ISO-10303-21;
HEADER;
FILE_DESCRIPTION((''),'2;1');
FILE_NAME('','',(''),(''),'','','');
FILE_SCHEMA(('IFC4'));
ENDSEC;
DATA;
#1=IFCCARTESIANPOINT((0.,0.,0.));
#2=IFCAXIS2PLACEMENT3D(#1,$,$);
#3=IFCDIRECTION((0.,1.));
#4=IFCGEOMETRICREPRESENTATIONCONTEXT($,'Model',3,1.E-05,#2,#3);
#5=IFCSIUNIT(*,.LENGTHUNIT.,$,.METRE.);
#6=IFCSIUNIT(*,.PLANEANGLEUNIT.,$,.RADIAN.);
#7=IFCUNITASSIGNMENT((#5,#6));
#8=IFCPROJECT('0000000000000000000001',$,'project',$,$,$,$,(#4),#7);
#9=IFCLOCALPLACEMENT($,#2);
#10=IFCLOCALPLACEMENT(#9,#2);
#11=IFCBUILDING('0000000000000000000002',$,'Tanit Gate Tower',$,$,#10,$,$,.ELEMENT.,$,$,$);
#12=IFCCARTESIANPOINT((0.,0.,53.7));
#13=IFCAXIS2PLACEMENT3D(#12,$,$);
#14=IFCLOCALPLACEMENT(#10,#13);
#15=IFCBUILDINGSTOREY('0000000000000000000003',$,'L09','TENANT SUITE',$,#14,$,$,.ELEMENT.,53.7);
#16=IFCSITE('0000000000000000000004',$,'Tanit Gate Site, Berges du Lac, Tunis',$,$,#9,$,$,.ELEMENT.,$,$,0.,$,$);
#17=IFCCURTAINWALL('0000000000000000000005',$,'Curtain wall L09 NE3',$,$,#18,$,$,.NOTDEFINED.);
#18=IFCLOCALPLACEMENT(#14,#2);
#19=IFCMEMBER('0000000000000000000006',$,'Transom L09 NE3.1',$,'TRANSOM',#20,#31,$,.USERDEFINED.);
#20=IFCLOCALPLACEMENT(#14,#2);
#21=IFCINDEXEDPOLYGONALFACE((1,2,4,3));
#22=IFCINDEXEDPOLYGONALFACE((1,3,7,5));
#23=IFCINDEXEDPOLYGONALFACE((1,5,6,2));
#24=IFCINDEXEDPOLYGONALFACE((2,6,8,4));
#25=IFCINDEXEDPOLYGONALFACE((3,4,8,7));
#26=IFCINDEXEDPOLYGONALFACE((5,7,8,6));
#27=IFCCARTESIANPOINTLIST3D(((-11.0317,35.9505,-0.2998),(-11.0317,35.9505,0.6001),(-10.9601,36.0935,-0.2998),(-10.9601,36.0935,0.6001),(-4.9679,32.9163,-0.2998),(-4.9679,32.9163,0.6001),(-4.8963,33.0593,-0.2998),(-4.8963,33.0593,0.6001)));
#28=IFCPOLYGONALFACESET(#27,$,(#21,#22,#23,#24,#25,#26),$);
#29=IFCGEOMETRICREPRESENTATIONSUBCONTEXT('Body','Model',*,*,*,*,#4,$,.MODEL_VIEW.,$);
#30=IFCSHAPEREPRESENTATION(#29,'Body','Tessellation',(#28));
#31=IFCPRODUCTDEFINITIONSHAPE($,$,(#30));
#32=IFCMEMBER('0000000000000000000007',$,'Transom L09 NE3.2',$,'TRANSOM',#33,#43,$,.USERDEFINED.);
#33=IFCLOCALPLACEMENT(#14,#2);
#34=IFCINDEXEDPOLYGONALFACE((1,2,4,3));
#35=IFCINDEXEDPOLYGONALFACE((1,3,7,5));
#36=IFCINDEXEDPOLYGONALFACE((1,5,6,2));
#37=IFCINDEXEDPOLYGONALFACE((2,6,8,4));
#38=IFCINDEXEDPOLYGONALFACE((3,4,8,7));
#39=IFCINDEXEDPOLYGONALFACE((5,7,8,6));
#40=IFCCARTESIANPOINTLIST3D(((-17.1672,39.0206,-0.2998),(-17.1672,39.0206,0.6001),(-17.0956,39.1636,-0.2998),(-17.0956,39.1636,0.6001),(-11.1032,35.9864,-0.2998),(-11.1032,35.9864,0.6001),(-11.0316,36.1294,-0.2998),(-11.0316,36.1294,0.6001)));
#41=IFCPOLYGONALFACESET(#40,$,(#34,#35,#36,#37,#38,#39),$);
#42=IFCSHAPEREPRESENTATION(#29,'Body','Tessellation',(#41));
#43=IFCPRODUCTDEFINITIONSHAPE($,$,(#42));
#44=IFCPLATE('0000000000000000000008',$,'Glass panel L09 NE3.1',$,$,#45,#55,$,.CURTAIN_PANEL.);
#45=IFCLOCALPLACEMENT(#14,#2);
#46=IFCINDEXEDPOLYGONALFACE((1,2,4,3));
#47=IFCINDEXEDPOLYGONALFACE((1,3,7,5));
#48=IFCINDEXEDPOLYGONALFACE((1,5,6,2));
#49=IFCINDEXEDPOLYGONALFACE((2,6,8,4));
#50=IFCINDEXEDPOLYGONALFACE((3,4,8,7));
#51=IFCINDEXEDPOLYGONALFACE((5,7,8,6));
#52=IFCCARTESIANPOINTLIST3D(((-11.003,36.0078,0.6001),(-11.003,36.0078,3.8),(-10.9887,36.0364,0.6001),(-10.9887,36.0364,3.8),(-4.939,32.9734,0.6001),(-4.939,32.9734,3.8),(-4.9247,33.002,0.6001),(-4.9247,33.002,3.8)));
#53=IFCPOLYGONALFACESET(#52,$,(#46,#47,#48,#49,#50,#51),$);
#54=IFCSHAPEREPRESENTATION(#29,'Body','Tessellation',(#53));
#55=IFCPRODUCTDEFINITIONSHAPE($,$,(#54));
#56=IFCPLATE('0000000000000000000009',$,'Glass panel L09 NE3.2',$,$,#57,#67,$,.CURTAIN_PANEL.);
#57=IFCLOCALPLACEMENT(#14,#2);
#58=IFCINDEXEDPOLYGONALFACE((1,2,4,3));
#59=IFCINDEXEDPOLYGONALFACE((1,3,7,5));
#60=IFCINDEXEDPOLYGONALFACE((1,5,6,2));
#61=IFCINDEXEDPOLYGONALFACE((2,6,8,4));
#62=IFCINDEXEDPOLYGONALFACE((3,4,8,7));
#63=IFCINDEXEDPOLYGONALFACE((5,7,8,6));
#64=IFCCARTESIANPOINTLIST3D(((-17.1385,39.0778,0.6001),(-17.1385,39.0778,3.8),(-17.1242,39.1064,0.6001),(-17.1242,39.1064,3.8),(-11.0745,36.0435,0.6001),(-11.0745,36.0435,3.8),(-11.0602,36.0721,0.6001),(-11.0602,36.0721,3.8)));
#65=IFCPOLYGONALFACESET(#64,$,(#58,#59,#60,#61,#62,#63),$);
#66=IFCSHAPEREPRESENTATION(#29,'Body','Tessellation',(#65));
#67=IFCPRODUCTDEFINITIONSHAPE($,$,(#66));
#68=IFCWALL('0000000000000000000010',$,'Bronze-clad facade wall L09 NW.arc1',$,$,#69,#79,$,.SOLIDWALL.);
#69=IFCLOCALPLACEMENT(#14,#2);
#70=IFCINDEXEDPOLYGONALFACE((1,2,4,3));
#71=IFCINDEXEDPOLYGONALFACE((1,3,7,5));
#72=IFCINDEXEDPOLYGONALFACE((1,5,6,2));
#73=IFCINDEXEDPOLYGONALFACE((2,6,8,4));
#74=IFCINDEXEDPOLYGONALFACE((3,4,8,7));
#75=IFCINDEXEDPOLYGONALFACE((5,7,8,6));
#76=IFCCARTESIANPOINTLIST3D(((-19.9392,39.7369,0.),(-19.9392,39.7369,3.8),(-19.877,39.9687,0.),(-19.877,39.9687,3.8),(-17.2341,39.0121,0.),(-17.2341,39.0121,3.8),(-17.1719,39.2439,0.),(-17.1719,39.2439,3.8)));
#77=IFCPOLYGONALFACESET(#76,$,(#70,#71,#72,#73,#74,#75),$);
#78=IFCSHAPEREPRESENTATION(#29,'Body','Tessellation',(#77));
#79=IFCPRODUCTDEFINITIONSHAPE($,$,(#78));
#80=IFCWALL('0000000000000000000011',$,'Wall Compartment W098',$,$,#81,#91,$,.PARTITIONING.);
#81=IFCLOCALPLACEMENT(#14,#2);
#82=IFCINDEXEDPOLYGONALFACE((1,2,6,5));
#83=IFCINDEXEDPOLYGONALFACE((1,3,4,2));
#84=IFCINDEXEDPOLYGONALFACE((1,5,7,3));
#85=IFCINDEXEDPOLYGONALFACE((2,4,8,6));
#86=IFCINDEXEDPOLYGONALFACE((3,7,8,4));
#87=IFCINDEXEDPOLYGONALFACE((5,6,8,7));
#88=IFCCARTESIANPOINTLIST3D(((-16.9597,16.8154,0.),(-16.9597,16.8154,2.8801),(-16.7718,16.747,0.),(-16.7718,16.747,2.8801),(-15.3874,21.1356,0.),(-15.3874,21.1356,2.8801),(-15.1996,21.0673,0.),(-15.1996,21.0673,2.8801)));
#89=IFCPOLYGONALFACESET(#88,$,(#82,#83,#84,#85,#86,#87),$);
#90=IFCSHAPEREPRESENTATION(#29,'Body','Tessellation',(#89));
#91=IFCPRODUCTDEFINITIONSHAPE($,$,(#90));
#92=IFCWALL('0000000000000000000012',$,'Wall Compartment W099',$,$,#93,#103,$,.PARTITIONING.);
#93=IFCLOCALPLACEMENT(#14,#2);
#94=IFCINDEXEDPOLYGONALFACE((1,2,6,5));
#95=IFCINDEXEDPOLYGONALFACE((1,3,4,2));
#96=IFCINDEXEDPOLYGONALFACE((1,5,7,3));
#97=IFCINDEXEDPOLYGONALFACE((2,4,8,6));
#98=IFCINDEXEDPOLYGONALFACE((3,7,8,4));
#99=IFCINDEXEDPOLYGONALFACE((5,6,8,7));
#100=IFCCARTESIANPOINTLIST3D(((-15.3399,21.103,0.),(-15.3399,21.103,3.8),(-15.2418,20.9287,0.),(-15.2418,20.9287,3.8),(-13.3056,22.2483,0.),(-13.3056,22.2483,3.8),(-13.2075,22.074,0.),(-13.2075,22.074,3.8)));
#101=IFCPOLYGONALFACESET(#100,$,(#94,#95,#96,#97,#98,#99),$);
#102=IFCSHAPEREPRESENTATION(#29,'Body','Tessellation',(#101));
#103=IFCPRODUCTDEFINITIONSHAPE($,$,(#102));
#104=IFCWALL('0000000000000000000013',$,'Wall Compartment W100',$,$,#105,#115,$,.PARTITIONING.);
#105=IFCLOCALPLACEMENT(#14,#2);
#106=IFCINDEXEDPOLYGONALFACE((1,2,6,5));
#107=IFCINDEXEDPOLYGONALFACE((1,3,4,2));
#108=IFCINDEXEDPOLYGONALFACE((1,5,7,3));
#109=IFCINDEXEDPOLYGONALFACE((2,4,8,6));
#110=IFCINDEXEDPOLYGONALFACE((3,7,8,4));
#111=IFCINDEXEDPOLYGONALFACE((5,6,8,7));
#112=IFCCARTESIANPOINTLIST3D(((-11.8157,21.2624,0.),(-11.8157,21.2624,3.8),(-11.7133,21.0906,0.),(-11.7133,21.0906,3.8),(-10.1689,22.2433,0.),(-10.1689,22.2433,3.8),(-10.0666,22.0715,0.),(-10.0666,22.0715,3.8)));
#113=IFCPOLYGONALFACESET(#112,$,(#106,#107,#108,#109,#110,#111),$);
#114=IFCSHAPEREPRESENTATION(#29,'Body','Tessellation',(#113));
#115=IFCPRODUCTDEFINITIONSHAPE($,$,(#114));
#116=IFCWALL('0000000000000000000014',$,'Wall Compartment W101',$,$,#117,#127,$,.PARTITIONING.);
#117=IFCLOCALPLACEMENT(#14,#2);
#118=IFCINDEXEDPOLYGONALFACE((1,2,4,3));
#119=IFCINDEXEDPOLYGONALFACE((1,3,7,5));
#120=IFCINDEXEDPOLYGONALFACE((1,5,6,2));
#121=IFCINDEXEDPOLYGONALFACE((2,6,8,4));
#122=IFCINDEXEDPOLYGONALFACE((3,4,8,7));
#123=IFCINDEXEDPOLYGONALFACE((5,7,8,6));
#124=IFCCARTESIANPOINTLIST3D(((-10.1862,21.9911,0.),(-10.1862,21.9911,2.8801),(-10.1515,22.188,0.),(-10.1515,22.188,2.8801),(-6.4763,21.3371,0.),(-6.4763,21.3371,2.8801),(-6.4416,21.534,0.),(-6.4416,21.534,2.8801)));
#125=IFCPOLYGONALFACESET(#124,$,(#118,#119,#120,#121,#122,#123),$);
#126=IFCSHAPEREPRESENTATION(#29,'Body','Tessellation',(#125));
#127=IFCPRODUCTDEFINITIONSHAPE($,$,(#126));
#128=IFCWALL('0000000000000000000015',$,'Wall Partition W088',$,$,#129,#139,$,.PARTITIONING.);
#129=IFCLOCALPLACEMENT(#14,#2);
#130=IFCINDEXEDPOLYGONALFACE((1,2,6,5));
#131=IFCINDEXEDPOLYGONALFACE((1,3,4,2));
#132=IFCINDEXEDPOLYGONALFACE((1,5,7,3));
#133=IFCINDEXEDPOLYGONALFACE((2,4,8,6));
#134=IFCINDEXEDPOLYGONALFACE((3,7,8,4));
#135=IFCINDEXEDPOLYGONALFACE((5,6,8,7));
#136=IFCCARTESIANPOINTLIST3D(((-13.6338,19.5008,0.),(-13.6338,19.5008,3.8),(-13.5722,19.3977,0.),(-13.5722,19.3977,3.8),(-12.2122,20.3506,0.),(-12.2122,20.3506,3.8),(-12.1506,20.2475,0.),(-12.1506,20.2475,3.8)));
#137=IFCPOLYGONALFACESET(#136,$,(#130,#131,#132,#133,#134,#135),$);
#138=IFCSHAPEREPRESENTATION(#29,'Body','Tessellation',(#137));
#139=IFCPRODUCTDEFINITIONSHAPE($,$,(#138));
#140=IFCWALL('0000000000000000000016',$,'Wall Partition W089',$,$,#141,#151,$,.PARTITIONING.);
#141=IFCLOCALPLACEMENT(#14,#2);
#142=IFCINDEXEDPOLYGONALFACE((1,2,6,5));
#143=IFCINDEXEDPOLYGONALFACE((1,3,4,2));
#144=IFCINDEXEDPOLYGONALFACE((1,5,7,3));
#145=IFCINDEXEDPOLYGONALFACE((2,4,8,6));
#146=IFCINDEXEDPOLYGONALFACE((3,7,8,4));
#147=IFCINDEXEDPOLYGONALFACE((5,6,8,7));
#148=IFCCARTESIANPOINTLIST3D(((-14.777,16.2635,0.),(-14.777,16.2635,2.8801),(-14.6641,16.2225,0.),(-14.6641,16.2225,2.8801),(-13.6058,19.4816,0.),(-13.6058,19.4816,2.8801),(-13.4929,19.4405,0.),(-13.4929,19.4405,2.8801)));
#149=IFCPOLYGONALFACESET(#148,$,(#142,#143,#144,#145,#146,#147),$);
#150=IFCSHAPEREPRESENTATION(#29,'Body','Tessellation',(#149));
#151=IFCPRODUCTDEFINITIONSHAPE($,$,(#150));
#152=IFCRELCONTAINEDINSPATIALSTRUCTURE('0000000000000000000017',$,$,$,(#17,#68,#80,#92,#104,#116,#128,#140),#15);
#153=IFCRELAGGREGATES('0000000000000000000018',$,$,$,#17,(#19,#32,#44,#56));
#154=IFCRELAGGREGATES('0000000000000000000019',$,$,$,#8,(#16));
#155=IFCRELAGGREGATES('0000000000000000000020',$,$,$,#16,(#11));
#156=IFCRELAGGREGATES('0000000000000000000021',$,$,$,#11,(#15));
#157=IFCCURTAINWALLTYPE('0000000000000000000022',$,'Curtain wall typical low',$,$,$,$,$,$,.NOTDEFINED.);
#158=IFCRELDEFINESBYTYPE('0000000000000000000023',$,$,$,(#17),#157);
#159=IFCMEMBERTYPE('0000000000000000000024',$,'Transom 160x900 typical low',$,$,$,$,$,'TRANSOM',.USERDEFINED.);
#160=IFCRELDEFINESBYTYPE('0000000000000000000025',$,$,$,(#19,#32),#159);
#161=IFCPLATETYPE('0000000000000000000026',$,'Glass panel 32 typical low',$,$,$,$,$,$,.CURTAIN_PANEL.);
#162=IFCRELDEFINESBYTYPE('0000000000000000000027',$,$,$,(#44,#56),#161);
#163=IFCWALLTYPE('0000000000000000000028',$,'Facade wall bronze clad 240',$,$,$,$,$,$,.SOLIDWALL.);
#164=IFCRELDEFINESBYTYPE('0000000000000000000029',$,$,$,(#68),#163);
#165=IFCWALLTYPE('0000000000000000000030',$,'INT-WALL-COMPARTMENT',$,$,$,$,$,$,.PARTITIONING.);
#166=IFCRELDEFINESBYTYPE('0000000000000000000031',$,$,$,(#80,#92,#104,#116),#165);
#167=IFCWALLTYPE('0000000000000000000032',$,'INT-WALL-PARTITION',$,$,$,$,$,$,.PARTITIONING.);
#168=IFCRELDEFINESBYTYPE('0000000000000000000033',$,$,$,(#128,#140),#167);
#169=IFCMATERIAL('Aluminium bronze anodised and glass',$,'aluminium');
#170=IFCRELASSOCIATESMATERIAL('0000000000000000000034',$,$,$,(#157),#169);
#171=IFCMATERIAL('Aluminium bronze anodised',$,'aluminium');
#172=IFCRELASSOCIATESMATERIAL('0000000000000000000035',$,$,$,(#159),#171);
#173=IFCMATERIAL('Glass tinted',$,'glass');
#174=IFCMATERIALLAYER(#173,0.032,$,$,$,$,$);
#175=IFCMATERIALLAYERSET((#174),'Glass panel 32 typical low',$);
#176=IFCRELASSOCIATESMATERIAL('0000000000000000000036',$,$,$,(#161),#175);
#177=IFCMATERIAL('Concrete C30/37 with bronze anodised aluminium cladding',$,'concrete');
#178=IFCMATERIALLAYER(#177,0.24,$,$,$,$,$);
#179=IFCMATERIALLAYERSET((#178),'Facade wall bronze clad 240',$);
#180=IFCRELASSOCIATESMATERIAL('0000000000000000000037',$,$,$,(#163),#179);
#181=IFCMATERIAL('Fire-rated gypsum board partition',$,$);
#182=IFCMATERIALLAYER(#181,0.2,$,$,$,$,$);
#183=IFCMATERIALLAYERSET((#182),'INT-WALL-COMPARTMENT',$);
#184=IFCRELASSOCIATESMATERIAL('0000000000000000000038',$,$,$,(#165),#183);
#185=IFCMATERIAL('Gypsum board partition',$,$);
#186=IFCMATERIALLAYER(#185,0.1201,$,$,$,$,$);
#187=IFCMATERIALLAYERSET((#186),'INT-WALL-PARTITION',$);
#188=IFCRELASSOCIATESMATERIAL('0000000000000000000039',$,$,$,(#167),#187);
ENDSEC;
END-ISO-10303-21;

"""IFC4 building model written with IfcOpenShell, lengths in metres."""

from ifc_helpers import new_model, si_unit, direction, frame, frame_2d, origin, origin_2d, place, context, subcontext, project, spatial, rectangle, extrude, material, layer, layer_set, material_profile, profile_set, type_object, element, aggregate, save


model = new_model("IFC4")

# Units and contexts
model_context = context("Model", 3, precision=1e-05, world=origin(), true_north=direction((0.0, 1.0)))
body_context = subcontext(model_context, "Body", "Model", "MODEL_VIEW")
ifc_project = project(units=[si_unit("LENGTHUNIT", "METRE"), si_unit("PLANEANGLEUNIT", "RADIAN")], contexts=[model_context])

# Site, building, storey
site_placement = place(None, origin())
site = spatial("IfcSite", under=ifc_project, at=site_placement, Name="Tanit Gate Site, Berges du Lac, Tunis", CompositionType="ELEMENT", RefElevation=0.0)
building_placement = place(site_placement, origin())
building = spatial("IfcBuilding", under=site, at=building_placement, Name="Tanit Gate Tower", CompositionType="ELEMENT")
storey_placement = place(building_placement, frame((0.0, 0.0, 53.7)))
storey = spatial("IfcBuildingStorey", under=building, at=storey_placement, Name="L09", Description="TENANT SUITE", CompositionType="ELEMENT", Elevation=53.7)

# Curtain wall
ifc_material_1 = material(Name="Aluminium bronze anodised and glass", Category="aluminium")
curtain_wall_type = type_object("IfcCurtainWallType", Name="Curtain wall typical low", PredefinedType="NOTDEFINED", material=ifc_material_1)
curtain_wall_1_placement = place(storey_placement, origin())
curtain_wall_1 = element("IfcCurtainWall", 1, at=curtain_wall_1_placement, inside=storey, type_object=curtain_wall_type, Name="Curtain wall L09 NE3", PredefinedType="NOTDEFINED")

# Members
ifc_material_2 = material(Name="Aluminium bronze anodised", Category="aluminium")
ifc_material_profile_1 = material_profile(ifc_material_2, rectangle(XDim=0.1599, YDim=0.8999, at=origin_2d()), Name="160x900 bronze transom")
ifc_profile_set_1 = profile_set([ifc_material_profile_1], Name="Aluminium bronze anodised")
member_type_1 = type_object("IfcMemberType", Name="Transom 160x900 typical low", ElementType="TRANSOM", PredefinedType="USERDEFINED", material=ifc_profile_set_1)
member_1_placement = place(storey_placement, frame((-4.9321, 32.9878, 0.1501), z_axis=(-0.89429, 0.447487, 0.0), x_axis=(-0.447487, -0.89429, 0.0)))
member_1 = element("IfcMember", 2, at=member_1_placement, type_object=member_type_1, Name="Transom L09 NE3.1", ObjectType="TRANSOM", PredefinedType="USERDEFINED", context=body_context, shape_type="SweptSolid", body=[
    extrude(rectangle(XDim=0.1599, YDim=0.8999, at=origin_2d()), origin(), (0.0, 0.0, 1.0), 6.7805),
])
member_2_placement = place(storey_placement, frame((-11.0674, 36.0579, 0.1501), z_axis=(-0.894298, 0.447473, 0.0), x_axis=(-0.447473, -0.894298, 0.0)))
member_2 = element("IfcMember", 3, at=member_2_placement, type_object=member_type_1, Name="Transom L09 NE3.2", ObjectType="TRANSOM", PredefinedType="USERDEFINED", context=body_context, shape_type="SweptSolid", body=[
    extrude(rectangle(XDim=0.1599, YDim=0.8999, at=origin_2d()), origin(), (0.0, 0.0, 1.0), 6.7808),
])

# Plates
ifc_material_3 = material(Name="Glass tinted", Category="glass")
ifc_layer_1 = layer(ifc_material_3, 0.032)
ifc_layer_set_1 = layer_set([ifc_layer_1], Name="Glass panel 32 typical low")
plate_type = type_object("IfcPlateType", Name="Glass panel 32 typical low", PredefinedType="CURTAIN_PANEL", material=ifc_layer_set_1)
plate_1_placement = place(storey_placement, frame((-7.9639, 34.5049, 0.6001), z_axis=(0.0, 0.0, 1.0), x_axis=(-0.894288, 0.447492, 0.0)))
plate_1 = element("IfcPlate", 4, at=plate_1_placement, type_object=plate_type, Name="Glass panel L09 NE3.1", PredefinedType="CURTAIN_PANEL", context=body_context, shape_type="SweptSolid", body=[
    extrude(rectangle(XDim=6.7808, YDim=0.032, at=origin_2d()), origin(), (0.0, 0.0, 1.0), 3.2),
])
plate_2_placement = place(storey_placement, frame((-14.0994, 37.575, 0.6001), z_axis=(0.0, 0.0, 1.0), x_axis=(-0.894288, 0.447492, 0.0)))
plate_2 = element("IfcPlate", 5, at=plate_2_placement, type_object=plate_type, Name="Glass panel L09 NE3.2", PredefinedType="CURTAIN_PANEL", context=body_context, shape_type="SweptSolid", body=[
    extrude(rectangle(XDim=6.7808, YDim=0.032, at=origin_2d()), origin(), (0.0, 0.0, 1.0), 3.2),
])
aggregate(curtain_wall_1, [member_1, member_2, plate_1, plate_2])

# Walls
ifc_material_4 = material(Name="Concrete C30/37 with bronze anodised aluminium cladding", Category="concrete")
ifc_layer_2 = layer(ifc_material_4, 0.24)
ifc_layer_set_2 = layer_set([ifc_layer_2], Name="Facade wall bronze clad 240")
wall_type_1 = type_object("IfcWallType", Name="Facade wall bronze clad 240", PredefinedType="SOLIDWALL", material=ifc_layer_set_2)
wall_1_placement = place(storey_placement, frame((-17.2029, 39.1279, 0.0), z_axis=(0.0, 0.0, 1.0), x_axis=(-0.965923, 0.258829, 0.0)))
element("IfcWall", 6, at=wall_1_placement, inside=storey, type_object=wall_type_1, Name="Bronze-clad facade wall L09 NW.arc1", PredefinedType="SOLIDWALL", context=body_context, shape_type="SweptSolid", body=[
    extrude(rectangle(XDim=2.8005, YDim=0.24, at=frame_2d((1.4004, 0.0))), origin(), (0.0, 0.0, 1.0), 3.8),
])
ifc_material_5 = material(Name="Fire-rated gypsum board partition")
ifc_layer_3 = layer(ifc_material_5, 0.2)
ifc_layer_set_3 = layer_set([ifc_layer_3], Name="INT-WALL-COMPARTMENT")
wall_type_2 = type_object("IfcWallType", Name="INT-WALL-COMPARTMENT", PredefinedType="PARTITIONING", material=ifc_layer_set_3)
wall_2_placement = place(storey_placement, frame((-15.2935, 21.1016, 0.0), z_axis=(0.0, 0.0, 1.0), x_axis=(-0.341982, -0.939707, 0.0)))
element("IfcWall", 7, at=wall_2_placement, inside=storey, type_object=wall_type_2, Name="Wall Compartment W098", PredefinedType="PARTITIONING", context=body_context, shape_type="SweptSolid", body=[
    extrude(rectangle(XDim=4.5974, YDim=0.2, at=frame_2d((2.2988, 0.0))), origin(), (0.0, 0.0, 1.0), 2.8801),
])
wall_3_placement = place(storey_placement, frame((-13.2566, 22.1611, 0.0), z_axis=(0.0, 0.0, 1.0), x_axis=(-0.871386, -0.490599, 0.0)))
element("IfcWall", 8, at=wall_3_placement, inside=storey, type_object=wall_type_2, Name="Wall Compartment W099", PredefinedType="PARTITIONING", context=body_context, shape_type="SweptSolid", body=[
    extrude(rectangle(XDim=2.3345, YDim=0.2, at=frame_2d((1.1672, 0.0))), origin(), (0.0, 0.0, 1.0), 3.8),
])
wall_4_placement = place(storey_placement, frame((-10.1177, 22.1575, 0.0), z_axis=(0.0, 0.0, 1.0), x_axis=(-0.859118, -0.511777, 0.0)))
element("IfcWall", 9, at=wall_4_placement, inside=storey, type_object=wall_type_2, Name="Wall Compartment W100", PredefinedType="PARTITIONING", context=body_context, shape_type="SweptSolid", body=[
    extrude(rectangle(XDim=1.9167, YDim=0.2, at=frame_2d((0.9585, 0.0))), origin(), (0.0, 0.0, 1.0), 3.8),
])
wall_5_placement = place(storey_placement, frame((-6.459, 21.4355, 0.0), z_axis=(0.0, 0.0, 1.0), x_axis=(-0.984813, 0.173619, 0.0)))
element("IfcWall", 10, at=wall_5_placement, inside=storey, type_object=wall_type_2, Name="Wall Compartment W101", PredefinedType="PARTITIONING", context=body_context, shape_type="SweptSolid", body=[
    extrude(rectangle(XDim=3.7671, YDim=0.2, at=frame_2d((1.8835, 0.0))), origin(), (0.0, 0.0, 1.0), 2.8801),
])
ifc_material_6 = material(Name="Gypsum board partition")
ifc_layer_4 = layer(ifc_material_6, 0.1201)
ifc_layer_set_4 = layer_set([ifc_layer_4], Name="INT-WALL-PARTITION")
wall_type_3 = type_object("IfcWallType", Name="INT-WALL-PARTITION", PredefinedType="PARTITIONING", material=ifc_layer_set_4)
wall_6_placement = place(storey_placement, frame((-12.1814, 20.2991, 0.0), z_axis=(0.0, 0.0, 1.0), x_axis=(-0.858324, -0.513108, 0.0)))
element("IfcWall", 11, at=wall_6_placement, inside=storey, type_object=wall_type_3, Name="Wall Partition W088", PredefinedType="PARTITIONING", context=body_context, shape_type="SweptSolid", body=[
    extrude(rectangle(XDim=1.6562, YDim=0.1201, at=frame_2d((0.8281, 0.0))), origin(), (0.0, 0.0, 1.0), 3.8),
])
wall_7_placement = place(storey_placement, frame((-13.5493, 19.4612, 0.0), z_axis=(0.0, 0.0, 1.0), x_axis=(-0.341989, -0.939704, 0.0)))
element("IfcWall", 12, at=wall_7_placement, inside=storey, type_object=wall_type_3, Name="Wall Partition W089", PredefinedType="PARTITIONING", context=body_context, shape_type="SweptSolid", body=[
    extrude(rectangle(XDim=3.4246, YDim=0.1201, at=frame_2d((1.7124, 0.0))), origin(), (0.0, 0.0, 1.0), 2.8801),
])

save(model, "model.ifc")
